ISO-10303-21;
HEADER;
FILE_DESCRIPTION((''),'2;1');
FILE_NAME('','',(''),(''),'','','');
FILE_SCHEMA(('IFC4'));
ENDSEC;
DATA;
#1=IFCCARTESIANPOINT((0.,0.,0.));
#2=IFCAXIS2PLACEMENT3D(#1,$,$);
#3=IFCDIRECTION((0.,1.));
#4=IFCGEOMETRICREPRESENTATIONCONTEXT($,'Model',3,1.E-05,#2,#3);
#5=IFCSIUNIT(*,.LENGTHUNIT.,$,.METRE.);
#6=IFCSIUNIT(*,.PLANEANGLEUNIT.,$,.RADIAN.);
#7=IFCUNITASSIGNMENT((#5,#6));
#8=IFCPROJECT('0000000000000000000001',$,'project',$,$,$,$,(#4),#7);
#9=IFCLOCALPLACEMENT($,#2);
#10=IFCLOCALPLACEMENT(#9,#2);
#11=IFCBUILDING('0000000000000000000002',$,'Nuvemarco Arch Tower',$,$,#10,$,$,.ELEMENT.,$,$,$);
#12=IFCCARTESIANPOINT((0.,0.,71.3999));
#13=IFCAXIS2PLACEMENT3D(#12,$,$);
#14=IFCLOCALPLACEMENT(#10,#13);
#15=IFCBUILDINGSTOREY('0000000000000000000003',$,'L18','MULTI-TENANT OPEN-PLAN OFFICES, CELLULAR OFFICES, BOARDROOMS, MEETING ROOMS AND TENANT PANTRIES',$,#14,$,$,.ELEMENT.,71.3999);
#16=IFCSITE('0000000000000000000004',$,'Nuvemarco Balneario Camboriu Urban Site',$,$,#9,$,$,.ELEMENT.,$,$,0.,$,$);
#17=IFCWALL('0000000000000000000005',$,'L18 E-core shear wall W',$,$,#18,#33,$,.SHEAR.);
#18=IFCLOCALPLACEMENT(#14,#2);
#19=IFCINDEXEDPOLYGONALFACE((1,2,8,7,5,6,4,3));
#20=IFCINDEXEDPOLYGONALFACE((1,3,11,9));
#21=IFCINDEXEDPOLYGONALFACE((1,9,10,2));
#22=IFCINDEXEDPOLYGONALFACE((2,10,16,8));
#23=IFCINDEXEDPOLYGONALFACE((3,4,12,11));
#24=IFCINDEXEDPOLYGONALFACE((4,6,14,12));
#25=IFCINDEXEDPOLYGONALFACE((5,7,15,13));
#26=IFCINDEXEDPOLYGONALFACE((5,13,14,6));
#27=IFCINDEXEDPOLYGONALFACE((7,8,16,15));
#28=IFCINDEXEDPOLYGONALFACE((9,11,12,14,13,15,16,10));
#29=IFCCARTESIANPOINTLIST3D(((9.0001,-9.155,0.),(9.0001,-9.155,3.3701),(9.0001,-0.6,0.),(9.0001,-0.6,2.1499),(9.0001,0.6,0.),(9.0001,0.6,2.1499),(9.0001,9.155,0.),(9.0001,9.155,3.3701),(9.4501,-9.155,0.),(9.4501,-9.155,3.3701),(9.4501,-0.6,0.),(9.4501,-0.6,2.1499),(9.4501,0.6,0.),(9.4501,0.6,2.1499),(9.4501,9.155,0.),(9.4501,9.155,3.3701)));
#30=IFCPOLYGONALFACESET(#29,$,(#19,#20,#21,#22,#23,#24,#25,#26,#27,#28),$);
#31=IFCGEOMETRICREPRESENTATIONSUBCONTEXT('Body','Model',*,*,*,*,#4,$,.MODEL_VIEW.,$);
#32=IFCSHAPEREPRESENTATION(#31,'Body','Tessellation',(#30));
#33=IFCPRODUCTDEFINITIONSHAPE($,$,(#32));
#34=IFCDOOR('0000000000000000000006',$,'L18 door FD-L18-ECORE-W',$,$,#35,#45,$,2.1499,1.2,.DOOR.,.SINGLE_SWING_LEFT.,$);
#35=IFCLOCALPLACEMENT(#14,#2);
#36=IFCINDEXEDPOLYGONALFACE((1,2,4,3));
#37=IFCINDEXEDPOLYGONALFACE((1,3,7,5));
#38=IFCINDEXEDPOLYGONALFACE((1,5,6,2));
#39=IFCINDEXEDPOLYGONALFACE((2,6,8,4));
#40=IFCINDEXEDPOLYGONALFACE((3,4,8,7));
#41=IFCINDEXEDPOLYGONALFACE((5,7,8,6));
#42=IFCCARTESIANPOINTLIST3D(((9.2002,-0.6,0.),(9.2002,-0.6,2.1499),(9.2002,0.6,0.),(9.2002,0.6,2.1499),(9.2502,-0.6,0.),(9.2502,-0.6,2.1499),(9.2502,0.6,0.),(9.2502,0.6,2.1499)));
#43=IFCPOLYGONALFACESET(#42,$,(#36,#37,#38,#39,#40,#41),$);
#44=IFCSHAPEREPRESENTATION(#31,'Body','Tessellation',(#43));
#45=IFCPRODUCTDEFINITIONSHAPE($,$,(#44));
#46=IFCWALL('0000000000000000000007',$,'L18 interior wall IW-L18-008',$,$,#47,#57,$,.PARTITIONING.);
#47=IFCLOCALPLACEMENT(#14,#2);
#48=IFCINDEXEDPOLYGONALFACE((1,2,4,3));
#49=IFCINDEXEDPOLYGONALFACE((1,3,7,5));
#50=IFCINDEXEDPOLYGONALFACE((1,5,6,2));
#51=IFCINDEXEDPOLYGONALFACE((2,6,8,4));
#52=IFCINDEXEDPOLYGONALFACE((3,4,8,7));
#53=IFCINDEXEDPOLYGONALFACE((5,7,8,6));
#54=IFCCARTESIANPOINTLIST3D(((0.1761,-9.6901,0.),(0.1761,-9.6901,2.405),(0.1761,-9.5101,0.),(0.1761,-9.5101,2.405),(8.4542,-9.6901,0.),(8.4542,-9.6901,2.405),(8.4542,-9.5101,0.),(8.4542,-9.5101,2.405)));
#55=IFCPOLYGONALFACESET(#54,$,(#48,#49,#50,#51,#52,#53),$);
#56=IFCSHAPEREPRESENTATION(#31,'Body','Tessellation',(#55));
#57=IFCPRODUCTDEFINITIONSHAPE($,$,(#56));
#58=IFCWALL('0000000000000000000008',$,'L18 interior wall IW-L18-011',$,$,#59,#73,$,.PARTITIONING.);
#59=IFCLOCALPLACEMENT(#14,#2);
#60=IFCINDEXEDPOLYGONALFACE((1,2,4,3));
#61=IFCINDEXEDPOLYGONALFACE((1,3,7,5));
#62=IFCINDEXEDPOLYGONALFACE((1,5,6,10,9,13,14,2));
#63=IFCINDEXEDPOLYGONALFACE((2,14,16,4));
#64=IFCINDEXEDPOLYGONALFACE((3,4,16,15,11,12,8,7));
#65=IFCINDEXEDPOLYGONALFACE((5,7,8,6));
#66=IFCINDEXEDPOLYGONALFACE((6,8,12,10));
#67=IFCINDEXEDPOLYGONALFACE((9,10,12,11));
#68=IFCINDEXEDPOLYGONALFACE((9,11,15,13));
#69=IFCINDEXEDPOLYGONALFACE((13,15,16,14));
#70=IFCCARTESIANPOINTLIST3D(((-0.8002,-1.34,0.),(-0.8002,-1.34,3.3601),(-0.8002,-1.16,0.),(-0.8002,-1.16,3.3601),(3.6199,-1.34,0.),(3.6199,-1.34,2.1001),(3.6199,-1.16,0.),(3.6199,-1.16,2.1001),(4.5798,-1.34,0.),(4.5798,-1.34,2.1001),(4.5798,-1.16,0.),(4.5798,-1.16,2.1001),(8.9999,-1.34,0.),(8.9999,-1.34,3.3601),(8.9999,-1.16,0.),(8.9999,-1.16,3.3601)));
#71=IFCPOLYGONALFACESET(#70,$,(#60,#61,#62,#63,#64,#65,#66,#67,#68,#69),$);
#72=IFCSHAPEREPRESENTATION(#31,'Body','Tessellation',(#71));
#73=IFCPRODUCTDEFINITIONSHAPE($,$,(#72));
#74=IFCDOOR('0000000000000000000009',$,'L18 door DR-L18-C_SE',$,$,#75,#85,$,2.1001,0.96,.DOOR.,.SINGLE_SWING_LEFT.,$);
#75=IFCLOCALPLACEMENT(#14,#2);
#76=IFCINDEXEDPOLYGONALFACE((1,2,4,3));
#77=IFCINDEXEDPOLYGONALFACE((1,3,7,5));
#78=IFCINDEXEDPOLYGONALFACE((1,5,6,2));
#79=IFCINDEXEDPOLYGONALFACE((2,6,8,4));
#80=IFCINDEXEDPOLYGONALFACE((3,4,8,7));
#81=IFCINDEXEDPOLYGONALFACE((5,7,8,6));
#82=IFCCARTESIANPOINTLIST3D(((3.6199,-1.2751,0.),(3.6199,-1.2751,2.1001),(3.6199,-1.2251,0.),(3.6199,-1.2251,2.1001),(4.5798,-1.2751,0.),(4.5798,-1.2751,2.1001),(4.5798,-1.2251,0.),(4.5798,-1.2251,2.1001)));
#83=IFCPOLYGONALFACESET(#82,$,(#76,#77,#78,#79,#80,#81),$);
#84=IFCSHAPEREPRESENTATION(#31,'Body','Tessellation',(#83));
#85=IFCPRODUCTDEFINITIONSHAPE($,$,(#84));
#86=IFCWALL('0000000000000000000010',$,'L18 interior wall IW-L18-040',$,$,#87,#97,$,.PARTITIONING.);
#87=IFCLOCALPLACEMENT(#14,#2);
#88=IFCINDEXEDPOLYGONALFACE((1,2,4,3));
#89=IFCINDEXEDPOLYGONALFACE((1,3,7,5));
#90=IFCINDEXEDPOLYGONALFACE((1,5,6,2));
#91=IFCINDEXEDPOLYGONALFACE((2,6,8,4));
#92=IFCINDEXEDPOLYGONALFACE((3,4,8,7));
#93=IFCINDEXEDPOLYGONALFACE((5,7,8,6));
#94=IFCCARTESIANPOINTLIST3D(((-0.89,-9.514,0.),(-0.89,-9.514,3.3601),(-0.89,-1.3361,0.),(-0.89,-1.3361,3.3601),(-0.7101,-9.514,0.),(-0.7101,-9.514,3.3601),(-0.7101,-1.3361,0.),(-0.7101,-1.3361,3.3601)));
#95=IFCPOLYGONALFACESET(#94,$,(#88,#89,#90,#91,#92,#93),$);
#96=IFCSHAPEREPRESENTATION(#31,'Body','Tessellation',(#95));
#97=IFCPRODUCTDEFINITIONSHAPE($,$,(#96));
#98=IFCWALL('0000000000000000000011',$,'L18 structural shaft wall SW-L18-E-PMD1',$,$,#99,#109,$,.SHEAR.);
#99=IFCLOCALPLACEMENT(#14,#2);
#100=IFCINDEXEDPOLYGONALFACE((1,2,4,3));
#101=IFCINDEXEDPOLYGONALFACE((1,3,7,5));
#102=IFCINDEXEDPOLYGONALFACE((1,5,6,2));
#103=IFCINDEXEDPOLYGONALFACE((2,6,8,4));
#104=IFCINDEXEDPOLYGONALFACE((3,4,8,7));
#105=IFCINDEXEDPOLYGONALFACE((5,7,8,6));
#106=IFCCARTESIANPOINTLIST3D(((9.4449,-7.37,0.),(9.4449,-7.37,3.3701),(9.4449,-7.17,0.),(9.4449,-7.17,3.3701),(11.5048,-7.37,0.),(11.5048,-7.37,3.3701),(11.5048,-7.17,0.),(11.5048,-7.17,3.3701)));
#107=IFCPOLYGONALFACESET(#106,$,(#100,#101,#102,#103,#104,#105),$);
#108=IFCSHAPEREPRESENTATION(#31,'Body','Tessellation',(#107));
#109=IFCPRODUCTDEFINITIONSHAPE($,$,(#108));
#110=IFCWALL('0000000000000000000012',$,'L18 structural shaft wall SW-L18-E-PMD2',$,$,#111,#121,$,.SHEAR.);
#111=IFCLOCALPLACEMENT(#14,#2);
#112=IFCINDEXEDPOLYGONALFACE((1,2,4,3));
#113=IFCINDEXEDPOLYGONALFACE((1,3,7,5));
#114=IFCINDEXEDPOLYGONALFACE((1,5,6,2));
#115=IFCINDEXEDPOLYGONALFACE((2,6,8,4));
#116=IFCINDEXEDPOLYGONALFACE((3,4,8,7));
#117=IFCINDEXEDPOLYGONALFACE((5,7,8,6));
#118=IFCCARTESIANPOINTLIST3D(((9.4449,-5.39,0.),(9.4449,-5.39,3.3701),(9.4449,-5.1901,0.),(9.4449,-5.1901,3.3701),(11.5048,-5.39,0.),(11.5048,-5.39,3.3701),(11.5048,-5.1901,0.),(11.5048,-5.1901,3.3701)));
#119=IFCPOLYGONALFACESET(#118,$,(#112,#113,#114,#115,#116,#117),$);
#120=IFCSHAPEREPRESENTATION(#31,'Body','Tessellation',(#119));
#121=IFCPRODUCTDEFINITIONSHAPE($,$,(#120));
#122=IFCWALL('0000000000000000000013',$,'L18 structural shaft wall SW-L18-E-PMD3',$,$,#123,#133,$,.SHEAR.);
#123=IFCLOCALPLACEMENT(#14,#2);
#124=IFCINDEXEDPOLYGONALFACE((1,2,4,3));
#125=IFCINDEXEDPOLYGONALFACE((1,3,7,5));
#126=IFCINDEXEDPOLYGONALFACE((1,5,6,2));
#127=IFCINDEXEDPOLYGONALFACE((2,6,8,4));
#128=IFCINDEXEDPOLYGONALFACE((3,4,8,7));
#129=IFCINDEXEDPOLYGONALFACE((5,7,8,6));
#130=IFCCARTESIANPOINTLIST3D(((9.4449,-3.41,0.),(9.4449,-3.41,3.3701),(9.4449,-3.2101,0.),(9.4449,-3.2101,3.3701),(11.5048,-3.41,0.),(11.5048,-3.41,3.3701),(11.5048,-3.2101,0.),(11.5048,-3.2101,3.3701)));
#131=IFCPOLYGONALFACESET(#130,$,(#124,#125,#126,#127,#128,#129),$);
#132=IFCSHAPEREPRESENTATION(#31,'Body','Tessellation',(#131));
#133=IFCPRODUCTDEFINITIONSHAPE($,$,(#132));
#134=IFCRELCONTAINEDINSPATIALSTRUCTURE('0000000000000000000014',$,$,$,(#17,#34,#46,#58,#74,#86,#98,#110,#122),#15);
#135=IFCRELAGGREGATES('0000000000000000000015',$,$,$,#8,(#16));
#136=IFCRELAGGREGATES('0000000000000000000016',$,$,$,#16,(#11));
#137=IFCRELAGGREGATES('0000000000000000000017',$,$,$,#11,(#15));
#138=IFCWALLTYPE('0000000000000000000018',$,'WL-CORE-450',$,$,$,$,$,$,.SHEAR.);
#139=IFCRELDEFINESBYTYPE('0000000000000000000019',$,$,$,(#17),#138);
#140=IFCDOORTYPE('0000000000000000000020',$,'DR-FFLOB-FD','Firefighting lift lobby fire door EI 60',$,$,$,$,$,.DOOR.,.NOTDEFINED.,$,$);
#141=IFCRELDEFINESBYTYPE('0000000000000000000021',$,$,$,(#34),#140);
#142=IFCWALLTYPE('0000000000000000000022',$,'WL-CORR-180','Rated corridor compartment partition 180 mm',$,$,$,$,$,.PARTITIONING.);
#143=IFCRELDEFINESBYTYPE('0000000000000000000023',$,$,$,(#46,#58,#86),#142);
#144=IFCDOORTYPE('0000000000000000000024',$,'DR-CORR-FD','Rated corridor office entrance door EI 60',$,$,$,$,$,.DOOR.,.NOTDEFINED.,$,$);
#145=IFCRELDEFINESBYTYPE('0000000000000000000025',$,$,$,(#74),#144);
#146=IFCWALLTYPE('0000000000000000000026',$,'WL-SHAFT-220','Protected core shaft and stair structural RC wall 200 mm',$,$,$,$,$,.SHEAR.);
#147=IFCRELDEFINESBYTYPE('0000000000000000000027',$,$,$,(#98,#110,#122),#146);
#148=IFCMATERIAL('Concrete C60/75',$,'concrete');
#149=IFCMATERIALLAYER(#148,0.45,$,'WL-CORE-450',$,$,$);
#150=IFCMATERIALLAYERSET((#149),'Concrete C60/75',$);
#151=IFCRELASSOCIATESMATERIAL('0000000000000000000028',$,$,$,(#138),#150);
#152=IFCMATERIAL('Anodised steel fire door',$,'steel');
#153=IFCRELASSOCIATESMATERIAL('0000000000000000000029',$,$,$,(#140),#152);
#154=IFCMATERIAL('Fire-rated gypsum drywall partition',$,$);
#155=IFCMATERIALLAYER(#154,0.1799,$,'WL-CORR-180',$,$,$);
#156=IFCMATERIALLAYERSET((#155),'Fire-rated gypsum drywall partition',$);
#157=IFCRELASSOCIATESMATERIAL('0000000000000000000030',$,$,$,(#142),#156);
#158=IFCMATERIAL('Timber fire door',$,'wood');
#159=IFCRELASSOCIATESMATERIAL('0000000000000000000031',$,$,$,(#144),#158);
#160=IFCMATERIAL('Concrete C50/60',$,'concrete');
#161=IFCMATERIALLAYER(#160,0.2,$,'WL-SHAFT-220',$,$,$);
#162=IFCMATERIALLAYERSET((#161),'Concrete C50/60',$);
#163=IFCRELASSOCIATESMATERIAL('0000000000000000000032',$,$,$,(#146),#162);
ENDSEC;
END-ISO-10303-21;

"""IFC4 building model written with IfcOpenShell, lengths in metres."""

from ifc_helpers import new_model, si_unit, direction, frame, frame_2d, origin, place, context, subcontext, project, spatial, rectangle, extrude, source, transform, mapped, material, layer, layer_set, type_object, type_shapes, element, fill, save


model = new_model("IFC4")

# Units and contexts
model_context = context("Model", 3, precision=1e-05, world=origin(), true_north=direction((0.0, 1.0)))
body_context = subcontext(model_context, "Body", "Model", "MODEL_VIEW")
ifc_project = project(units=[si_unit("LENGTHUNIT", "METRE"), si_unit("PLANEANGLEUNIT", "RADIAN")], contexts=[model_context])

# Site, building, storey
site_placement = place(None, origin())
site = spatial("IfcSite", under=ifc_project, at=site_placement, Name="Nuvemarco Balneario Camboriu Urban Site", CompositionType="ELEMENT", RefElevation=0.0)
building_placement = place(site_placement, origin())
building = spatial("IfcBuilding", under=site, at=building_placement, Name="Nuvemarco Arch Tower", CompositionType="ELEMENT")
storey_placement = place(building_placement, frame((0.0, 0.0, 71.3999)))
storey = spatial("IfcBuildingStorey", under=building, at=storey_placement, Name="L18", Description="MULTI-TENANT OPEN-PLAN OFFICES, CELLULAR OFFICES, BOARDROOMS, MEETING ROOMS AND TENANT PANTRIES", CompositionType="ELEMENT", Elevation=71.3999)

# Shared definitions
ifc_material_1 = material(Name="Concrete C60/75", Category="concrete")

# Shared definitions
ifc_material_2 = material(Name="Concrete C50/60", Category="concrete")

# Shared definitions
ifc_layer_1 = layer(ifc_material_1, 0.45, Name="WL-CORE-450")
ifc_layer_set_1 = layer_set([ifc_layer_1], Name="Concrete C60/75")
wall_type_1 = type_object("IfcWallType", Name="WL-CORE-450", PredefinedType="SHEAR", material=ifc_layer_set_1)

# Wall, opening, door
wall_1_placement = place(storey_placement, frame((9.2251, -9.155, 0.0), z_axis=(0.0, 0.0, 1.0), x_axis=(0.0, 1.0, 0.0)))
wall_1 = element("IfcWall", 1, at=wall_1_placement, inside=storey, type_object=wall_type_1, Name="L18 E-core shear wall W", PredefinedType="SHEAR", context=body_context, shape_type="SweptSolid", body=[
    extrude(rectangle(XDim=18.3101, YDim=0.45, at=frame_2d((9.155, 0.0))), origin(), (0.0, 0.0, 1.0), 3.3701),
])
opening_1_placement = place(wall_1_placement, frame((8.5549, 0.0, 0.0)))
opening_1 = element("IfcOpeningElement", 2, at=opening_1_placement, cuts=wall_1, PredefinedType="OPENING", context=body_context, shape_type="SweptSolid", body=[
    extrude(rectangle(XDim=1.2, YDim=2.1499, at=frame_2d((0.6001, 1.075))), frame((0.0, 0.2349, 0.0), z_axis=(0.0, -1.0, 0.0), x_axis=(1.0, 0.0, 0.0)), (0.0, 0.0, 1.0), 0.47),
])
ifc_material_3 = material(Name="Anodised steel fire door", Category="steel")
door_type_1 = type_object("IfcDoorType", Name="DR-FFLOB-FD", Description="Firefighting lift lobby fire door EI 60", OperationType="NOTDEFINED", PredefinedType="DOOR", material=ifc_material_3)
shared_shape_1 = source(origin(), body_context, "Body", "SweptSolid", [
    extrude(rectangle(XDim=1.2, YDim=2.1499, at=frame_2d((0.6001, 1.075))), frame((0.0, 0.0249, 0.0), z_axis=(0.0, -1.0, 0.0), x_axis=(1.0, 0.0, 0.0)), (0.0, 0.0, 1.0), 0.05),
])
type_shapes(door_type_1, [shared_shape_1])
door_1_placement = place(opening_1_placement, origin())
door_1 = element("IfcDoor", 3, at=door_1_placement, inside=storey, type_object=door_type_1, Name="L18 door FD-L18-ECORE-W", OperationType="SINGLE_SWING_LEFT", OverallHeight=2.1499, OverallWidth=1.2, PredefinedType="DOOR", context=body_context, shape_type="MappedRepresentation", body=[
    mapped(shared_shape_1, transform((0.0, 0.0, 0.0), scale=1.0)),
])
fill(opening_1, door_1)

# Wall
ifc_material_4 = material(Name="Fire-rated gypsum drywall partition")
ifc_layer_2 = layer(ifc_material_4, 0.1799, Name="WL-CORR-180")
ifc_layer_set_2 = layer_set([ifc_layer_2], Name="Fire-rated gypsum drywall partition")
wall_type_2 = type_object("IfcWallType", Name="WL-CORR-180", Description="Rated corridor compartment partition 180 mm", PredefinedType="PARTITIONING", material=ifc_layer_set_2)
wall_2_placement = place(storey_placement, frame((0.176, -9.6001, 0.0), z_axis=(0.0, 0.0, 1.0), x_axis=(1.0, 0.0, 0.0)))
element("IfcWall", 4, at=wall_2_placement, inside=storey, type_object=wall_type_2, Name="L18 interior wall IW-L18-008", PredefinedType="PARTITIONING", context=body_context, shape_type="SweptSolid", body=[
    extrude(rectangle(XDim=8.2781, YDim=0.1799, at=frame_2d((4.1392, 0.0))), origin(), (0.0, 0.0, 1.0), 2.405),
])

# Wall, opening, door
wall_3_placement = place(storey_placement, frame((-0.8, -1.25, 0.0), z_axis=(0.0, 0.0, 1.0), x_axis=(1.0, 0.0, 0.0)))
wall_3 = element("IfcWall", 5, at=wall_3_placement, inside=storey, type_object=wall_type_2, Name="L18 interior wall IW-L18-011", PredefinedType="PARTITIONING", context=body_context, shape_type="SweptSolid", body=[
    extrude(rectangle(XDim=9.8, YDim=0.1799, at=frame_2d((4.8999, 0.0))), origin(), (0.0, 0.0, 1.0), 3.3601),
])
opening_2_placement = place(wall_3_placement, frame((4.4199, 0.0, 0.0)))
opening_2 = element("IfcOpeningElement", 6, at=opening_2_placement, cuts=wall_3, PredefinedType="OPENING", context=body_context, shape_type="SweptSolid", body=[
    extrude(rectangle(XDim=0.96, YDim=2.1001, at=frame_2d((0.48, 1.05))), frame((0.0, 0.0999, 0.0), z_axis=(0.0, -1.0, 0.0), x_axis=(1.0, 0.0, 0.0)), (0.0, 0.0, 1.0), 0.2),
])
ifc_material_5 = material(Name="Timber fire door", Category="wood")
door_type_2 = type_object("IfcDoorType", Name="DR-CORR-FD", Description="Rated corridor office entrance door EI 60", OperationType="NOTDEFINED", PredefinedType="DOOR", material=ifc_material_5)
shared_shape_2 = source(origin(), body_context, "Body", "SweptSolid", [
    extrude(rectangle(XDim=0.96, YDim=2.1001, at=frame_2d((0.48, 1.05))), frame((0.0, 0.0249, 0.0), z_axis=(0.0, -1.0, 0.0), x_axis=(1.0, 0.0, 0.0)), (0.0, 0.0, 1.0), 0.05),
])
type_shapes(door_type_2, [shared_shape_2])
door_2_placement = place(opening_2_placement, origin())
door_2 = element("IfcDoor", 7, at=door_2_placement, inside=storey, type_object=door_type_2, Name="L18 door DR-L18-C_SE", OperationType="SINGLE_SWING_LEFT", OverallHeight=2.1001, OverallWidth=0.96, PredefinedType="DOOR", context=body_context, shape_type="MappedRepresentation", body=[
    mapped(shared_shape_2, transform((0.0, 0.0, 0.0), scale=1.0)),
])
fill(opening_2, door_2)

# Walls
wall_4_placement = place(storey_placement, frame((-0.8, -9.5139, 0.0), z_axis=(0.0, 0.0, 1.0), x_axis=(0.0, 1.0, 0.0)))
element("IfcWall", 8, at=wall_4_placement, inside=storey, type_object=wall_type_2, Name="L18 interior wall IW-L18-040", PredefinedType="PARTITIONING", context=body_context, shape_type="SweptSolid", body=[
    extrude(rectangle(XDim=8.178, YDim=0.1799, at=frame_2d((4.0889, 0.0))), origin(), (0.0, 0.0, 1.0), 3.3601),
])
ifc_layer_3 = layer(ifc_material_2, 0.2, Name="WL-SHAFT-220")
ifc_layer_set_3 = layer_set([ifc_layer_3], Name="Concrete C50/60")
wall_type_3 = type_object("IfcWallType", Name="WL-SHAFT-220", Description="Protected core shaft and stair structural RC wall 200 mm", PredefinedType="SHEAR", material=ifc_layer_set_3)
for number, where, z_axis, x_axis, name in (
    (9, (9.4451, -7.27, 0.0), (0.0, 0.0, 1.0), (1.0, 0.0, 0.0), "L18 structural shaft wall SW-L18-E-PMD1"),
    (10, (9.4451, -5.29, 0.0), (0.0, 0.0, 1.0), (1.0, 0.0, 0.0), "L18 structural shaft wall SW-L18-E-PMD2"),
    (11, (9.4451, -3.3101, 0.0), (0.0, 0.0, 1.0), (1.0, 0.0, 0.0), "L18 structural shaft wall SW-L18-E-PMD3"),
):
    element("IfcWall", number, at=place(storey_placement, frame(where, z_axis=z_axis, x_axis=x_axis)), inside=storey, type_object=wall_type_3, Name=name, PredefinedType="SHEAR", context=body_context, shape_type="SweptSolid", body=[
        extrude(rectangle(XDim=2.0598, YDim=0.2, at=frame_2d((1.0298, 0.0))), origin(), (0.0, 0.0, 1.0), 3.3701),
    ])

save(model, "model.ifc")
